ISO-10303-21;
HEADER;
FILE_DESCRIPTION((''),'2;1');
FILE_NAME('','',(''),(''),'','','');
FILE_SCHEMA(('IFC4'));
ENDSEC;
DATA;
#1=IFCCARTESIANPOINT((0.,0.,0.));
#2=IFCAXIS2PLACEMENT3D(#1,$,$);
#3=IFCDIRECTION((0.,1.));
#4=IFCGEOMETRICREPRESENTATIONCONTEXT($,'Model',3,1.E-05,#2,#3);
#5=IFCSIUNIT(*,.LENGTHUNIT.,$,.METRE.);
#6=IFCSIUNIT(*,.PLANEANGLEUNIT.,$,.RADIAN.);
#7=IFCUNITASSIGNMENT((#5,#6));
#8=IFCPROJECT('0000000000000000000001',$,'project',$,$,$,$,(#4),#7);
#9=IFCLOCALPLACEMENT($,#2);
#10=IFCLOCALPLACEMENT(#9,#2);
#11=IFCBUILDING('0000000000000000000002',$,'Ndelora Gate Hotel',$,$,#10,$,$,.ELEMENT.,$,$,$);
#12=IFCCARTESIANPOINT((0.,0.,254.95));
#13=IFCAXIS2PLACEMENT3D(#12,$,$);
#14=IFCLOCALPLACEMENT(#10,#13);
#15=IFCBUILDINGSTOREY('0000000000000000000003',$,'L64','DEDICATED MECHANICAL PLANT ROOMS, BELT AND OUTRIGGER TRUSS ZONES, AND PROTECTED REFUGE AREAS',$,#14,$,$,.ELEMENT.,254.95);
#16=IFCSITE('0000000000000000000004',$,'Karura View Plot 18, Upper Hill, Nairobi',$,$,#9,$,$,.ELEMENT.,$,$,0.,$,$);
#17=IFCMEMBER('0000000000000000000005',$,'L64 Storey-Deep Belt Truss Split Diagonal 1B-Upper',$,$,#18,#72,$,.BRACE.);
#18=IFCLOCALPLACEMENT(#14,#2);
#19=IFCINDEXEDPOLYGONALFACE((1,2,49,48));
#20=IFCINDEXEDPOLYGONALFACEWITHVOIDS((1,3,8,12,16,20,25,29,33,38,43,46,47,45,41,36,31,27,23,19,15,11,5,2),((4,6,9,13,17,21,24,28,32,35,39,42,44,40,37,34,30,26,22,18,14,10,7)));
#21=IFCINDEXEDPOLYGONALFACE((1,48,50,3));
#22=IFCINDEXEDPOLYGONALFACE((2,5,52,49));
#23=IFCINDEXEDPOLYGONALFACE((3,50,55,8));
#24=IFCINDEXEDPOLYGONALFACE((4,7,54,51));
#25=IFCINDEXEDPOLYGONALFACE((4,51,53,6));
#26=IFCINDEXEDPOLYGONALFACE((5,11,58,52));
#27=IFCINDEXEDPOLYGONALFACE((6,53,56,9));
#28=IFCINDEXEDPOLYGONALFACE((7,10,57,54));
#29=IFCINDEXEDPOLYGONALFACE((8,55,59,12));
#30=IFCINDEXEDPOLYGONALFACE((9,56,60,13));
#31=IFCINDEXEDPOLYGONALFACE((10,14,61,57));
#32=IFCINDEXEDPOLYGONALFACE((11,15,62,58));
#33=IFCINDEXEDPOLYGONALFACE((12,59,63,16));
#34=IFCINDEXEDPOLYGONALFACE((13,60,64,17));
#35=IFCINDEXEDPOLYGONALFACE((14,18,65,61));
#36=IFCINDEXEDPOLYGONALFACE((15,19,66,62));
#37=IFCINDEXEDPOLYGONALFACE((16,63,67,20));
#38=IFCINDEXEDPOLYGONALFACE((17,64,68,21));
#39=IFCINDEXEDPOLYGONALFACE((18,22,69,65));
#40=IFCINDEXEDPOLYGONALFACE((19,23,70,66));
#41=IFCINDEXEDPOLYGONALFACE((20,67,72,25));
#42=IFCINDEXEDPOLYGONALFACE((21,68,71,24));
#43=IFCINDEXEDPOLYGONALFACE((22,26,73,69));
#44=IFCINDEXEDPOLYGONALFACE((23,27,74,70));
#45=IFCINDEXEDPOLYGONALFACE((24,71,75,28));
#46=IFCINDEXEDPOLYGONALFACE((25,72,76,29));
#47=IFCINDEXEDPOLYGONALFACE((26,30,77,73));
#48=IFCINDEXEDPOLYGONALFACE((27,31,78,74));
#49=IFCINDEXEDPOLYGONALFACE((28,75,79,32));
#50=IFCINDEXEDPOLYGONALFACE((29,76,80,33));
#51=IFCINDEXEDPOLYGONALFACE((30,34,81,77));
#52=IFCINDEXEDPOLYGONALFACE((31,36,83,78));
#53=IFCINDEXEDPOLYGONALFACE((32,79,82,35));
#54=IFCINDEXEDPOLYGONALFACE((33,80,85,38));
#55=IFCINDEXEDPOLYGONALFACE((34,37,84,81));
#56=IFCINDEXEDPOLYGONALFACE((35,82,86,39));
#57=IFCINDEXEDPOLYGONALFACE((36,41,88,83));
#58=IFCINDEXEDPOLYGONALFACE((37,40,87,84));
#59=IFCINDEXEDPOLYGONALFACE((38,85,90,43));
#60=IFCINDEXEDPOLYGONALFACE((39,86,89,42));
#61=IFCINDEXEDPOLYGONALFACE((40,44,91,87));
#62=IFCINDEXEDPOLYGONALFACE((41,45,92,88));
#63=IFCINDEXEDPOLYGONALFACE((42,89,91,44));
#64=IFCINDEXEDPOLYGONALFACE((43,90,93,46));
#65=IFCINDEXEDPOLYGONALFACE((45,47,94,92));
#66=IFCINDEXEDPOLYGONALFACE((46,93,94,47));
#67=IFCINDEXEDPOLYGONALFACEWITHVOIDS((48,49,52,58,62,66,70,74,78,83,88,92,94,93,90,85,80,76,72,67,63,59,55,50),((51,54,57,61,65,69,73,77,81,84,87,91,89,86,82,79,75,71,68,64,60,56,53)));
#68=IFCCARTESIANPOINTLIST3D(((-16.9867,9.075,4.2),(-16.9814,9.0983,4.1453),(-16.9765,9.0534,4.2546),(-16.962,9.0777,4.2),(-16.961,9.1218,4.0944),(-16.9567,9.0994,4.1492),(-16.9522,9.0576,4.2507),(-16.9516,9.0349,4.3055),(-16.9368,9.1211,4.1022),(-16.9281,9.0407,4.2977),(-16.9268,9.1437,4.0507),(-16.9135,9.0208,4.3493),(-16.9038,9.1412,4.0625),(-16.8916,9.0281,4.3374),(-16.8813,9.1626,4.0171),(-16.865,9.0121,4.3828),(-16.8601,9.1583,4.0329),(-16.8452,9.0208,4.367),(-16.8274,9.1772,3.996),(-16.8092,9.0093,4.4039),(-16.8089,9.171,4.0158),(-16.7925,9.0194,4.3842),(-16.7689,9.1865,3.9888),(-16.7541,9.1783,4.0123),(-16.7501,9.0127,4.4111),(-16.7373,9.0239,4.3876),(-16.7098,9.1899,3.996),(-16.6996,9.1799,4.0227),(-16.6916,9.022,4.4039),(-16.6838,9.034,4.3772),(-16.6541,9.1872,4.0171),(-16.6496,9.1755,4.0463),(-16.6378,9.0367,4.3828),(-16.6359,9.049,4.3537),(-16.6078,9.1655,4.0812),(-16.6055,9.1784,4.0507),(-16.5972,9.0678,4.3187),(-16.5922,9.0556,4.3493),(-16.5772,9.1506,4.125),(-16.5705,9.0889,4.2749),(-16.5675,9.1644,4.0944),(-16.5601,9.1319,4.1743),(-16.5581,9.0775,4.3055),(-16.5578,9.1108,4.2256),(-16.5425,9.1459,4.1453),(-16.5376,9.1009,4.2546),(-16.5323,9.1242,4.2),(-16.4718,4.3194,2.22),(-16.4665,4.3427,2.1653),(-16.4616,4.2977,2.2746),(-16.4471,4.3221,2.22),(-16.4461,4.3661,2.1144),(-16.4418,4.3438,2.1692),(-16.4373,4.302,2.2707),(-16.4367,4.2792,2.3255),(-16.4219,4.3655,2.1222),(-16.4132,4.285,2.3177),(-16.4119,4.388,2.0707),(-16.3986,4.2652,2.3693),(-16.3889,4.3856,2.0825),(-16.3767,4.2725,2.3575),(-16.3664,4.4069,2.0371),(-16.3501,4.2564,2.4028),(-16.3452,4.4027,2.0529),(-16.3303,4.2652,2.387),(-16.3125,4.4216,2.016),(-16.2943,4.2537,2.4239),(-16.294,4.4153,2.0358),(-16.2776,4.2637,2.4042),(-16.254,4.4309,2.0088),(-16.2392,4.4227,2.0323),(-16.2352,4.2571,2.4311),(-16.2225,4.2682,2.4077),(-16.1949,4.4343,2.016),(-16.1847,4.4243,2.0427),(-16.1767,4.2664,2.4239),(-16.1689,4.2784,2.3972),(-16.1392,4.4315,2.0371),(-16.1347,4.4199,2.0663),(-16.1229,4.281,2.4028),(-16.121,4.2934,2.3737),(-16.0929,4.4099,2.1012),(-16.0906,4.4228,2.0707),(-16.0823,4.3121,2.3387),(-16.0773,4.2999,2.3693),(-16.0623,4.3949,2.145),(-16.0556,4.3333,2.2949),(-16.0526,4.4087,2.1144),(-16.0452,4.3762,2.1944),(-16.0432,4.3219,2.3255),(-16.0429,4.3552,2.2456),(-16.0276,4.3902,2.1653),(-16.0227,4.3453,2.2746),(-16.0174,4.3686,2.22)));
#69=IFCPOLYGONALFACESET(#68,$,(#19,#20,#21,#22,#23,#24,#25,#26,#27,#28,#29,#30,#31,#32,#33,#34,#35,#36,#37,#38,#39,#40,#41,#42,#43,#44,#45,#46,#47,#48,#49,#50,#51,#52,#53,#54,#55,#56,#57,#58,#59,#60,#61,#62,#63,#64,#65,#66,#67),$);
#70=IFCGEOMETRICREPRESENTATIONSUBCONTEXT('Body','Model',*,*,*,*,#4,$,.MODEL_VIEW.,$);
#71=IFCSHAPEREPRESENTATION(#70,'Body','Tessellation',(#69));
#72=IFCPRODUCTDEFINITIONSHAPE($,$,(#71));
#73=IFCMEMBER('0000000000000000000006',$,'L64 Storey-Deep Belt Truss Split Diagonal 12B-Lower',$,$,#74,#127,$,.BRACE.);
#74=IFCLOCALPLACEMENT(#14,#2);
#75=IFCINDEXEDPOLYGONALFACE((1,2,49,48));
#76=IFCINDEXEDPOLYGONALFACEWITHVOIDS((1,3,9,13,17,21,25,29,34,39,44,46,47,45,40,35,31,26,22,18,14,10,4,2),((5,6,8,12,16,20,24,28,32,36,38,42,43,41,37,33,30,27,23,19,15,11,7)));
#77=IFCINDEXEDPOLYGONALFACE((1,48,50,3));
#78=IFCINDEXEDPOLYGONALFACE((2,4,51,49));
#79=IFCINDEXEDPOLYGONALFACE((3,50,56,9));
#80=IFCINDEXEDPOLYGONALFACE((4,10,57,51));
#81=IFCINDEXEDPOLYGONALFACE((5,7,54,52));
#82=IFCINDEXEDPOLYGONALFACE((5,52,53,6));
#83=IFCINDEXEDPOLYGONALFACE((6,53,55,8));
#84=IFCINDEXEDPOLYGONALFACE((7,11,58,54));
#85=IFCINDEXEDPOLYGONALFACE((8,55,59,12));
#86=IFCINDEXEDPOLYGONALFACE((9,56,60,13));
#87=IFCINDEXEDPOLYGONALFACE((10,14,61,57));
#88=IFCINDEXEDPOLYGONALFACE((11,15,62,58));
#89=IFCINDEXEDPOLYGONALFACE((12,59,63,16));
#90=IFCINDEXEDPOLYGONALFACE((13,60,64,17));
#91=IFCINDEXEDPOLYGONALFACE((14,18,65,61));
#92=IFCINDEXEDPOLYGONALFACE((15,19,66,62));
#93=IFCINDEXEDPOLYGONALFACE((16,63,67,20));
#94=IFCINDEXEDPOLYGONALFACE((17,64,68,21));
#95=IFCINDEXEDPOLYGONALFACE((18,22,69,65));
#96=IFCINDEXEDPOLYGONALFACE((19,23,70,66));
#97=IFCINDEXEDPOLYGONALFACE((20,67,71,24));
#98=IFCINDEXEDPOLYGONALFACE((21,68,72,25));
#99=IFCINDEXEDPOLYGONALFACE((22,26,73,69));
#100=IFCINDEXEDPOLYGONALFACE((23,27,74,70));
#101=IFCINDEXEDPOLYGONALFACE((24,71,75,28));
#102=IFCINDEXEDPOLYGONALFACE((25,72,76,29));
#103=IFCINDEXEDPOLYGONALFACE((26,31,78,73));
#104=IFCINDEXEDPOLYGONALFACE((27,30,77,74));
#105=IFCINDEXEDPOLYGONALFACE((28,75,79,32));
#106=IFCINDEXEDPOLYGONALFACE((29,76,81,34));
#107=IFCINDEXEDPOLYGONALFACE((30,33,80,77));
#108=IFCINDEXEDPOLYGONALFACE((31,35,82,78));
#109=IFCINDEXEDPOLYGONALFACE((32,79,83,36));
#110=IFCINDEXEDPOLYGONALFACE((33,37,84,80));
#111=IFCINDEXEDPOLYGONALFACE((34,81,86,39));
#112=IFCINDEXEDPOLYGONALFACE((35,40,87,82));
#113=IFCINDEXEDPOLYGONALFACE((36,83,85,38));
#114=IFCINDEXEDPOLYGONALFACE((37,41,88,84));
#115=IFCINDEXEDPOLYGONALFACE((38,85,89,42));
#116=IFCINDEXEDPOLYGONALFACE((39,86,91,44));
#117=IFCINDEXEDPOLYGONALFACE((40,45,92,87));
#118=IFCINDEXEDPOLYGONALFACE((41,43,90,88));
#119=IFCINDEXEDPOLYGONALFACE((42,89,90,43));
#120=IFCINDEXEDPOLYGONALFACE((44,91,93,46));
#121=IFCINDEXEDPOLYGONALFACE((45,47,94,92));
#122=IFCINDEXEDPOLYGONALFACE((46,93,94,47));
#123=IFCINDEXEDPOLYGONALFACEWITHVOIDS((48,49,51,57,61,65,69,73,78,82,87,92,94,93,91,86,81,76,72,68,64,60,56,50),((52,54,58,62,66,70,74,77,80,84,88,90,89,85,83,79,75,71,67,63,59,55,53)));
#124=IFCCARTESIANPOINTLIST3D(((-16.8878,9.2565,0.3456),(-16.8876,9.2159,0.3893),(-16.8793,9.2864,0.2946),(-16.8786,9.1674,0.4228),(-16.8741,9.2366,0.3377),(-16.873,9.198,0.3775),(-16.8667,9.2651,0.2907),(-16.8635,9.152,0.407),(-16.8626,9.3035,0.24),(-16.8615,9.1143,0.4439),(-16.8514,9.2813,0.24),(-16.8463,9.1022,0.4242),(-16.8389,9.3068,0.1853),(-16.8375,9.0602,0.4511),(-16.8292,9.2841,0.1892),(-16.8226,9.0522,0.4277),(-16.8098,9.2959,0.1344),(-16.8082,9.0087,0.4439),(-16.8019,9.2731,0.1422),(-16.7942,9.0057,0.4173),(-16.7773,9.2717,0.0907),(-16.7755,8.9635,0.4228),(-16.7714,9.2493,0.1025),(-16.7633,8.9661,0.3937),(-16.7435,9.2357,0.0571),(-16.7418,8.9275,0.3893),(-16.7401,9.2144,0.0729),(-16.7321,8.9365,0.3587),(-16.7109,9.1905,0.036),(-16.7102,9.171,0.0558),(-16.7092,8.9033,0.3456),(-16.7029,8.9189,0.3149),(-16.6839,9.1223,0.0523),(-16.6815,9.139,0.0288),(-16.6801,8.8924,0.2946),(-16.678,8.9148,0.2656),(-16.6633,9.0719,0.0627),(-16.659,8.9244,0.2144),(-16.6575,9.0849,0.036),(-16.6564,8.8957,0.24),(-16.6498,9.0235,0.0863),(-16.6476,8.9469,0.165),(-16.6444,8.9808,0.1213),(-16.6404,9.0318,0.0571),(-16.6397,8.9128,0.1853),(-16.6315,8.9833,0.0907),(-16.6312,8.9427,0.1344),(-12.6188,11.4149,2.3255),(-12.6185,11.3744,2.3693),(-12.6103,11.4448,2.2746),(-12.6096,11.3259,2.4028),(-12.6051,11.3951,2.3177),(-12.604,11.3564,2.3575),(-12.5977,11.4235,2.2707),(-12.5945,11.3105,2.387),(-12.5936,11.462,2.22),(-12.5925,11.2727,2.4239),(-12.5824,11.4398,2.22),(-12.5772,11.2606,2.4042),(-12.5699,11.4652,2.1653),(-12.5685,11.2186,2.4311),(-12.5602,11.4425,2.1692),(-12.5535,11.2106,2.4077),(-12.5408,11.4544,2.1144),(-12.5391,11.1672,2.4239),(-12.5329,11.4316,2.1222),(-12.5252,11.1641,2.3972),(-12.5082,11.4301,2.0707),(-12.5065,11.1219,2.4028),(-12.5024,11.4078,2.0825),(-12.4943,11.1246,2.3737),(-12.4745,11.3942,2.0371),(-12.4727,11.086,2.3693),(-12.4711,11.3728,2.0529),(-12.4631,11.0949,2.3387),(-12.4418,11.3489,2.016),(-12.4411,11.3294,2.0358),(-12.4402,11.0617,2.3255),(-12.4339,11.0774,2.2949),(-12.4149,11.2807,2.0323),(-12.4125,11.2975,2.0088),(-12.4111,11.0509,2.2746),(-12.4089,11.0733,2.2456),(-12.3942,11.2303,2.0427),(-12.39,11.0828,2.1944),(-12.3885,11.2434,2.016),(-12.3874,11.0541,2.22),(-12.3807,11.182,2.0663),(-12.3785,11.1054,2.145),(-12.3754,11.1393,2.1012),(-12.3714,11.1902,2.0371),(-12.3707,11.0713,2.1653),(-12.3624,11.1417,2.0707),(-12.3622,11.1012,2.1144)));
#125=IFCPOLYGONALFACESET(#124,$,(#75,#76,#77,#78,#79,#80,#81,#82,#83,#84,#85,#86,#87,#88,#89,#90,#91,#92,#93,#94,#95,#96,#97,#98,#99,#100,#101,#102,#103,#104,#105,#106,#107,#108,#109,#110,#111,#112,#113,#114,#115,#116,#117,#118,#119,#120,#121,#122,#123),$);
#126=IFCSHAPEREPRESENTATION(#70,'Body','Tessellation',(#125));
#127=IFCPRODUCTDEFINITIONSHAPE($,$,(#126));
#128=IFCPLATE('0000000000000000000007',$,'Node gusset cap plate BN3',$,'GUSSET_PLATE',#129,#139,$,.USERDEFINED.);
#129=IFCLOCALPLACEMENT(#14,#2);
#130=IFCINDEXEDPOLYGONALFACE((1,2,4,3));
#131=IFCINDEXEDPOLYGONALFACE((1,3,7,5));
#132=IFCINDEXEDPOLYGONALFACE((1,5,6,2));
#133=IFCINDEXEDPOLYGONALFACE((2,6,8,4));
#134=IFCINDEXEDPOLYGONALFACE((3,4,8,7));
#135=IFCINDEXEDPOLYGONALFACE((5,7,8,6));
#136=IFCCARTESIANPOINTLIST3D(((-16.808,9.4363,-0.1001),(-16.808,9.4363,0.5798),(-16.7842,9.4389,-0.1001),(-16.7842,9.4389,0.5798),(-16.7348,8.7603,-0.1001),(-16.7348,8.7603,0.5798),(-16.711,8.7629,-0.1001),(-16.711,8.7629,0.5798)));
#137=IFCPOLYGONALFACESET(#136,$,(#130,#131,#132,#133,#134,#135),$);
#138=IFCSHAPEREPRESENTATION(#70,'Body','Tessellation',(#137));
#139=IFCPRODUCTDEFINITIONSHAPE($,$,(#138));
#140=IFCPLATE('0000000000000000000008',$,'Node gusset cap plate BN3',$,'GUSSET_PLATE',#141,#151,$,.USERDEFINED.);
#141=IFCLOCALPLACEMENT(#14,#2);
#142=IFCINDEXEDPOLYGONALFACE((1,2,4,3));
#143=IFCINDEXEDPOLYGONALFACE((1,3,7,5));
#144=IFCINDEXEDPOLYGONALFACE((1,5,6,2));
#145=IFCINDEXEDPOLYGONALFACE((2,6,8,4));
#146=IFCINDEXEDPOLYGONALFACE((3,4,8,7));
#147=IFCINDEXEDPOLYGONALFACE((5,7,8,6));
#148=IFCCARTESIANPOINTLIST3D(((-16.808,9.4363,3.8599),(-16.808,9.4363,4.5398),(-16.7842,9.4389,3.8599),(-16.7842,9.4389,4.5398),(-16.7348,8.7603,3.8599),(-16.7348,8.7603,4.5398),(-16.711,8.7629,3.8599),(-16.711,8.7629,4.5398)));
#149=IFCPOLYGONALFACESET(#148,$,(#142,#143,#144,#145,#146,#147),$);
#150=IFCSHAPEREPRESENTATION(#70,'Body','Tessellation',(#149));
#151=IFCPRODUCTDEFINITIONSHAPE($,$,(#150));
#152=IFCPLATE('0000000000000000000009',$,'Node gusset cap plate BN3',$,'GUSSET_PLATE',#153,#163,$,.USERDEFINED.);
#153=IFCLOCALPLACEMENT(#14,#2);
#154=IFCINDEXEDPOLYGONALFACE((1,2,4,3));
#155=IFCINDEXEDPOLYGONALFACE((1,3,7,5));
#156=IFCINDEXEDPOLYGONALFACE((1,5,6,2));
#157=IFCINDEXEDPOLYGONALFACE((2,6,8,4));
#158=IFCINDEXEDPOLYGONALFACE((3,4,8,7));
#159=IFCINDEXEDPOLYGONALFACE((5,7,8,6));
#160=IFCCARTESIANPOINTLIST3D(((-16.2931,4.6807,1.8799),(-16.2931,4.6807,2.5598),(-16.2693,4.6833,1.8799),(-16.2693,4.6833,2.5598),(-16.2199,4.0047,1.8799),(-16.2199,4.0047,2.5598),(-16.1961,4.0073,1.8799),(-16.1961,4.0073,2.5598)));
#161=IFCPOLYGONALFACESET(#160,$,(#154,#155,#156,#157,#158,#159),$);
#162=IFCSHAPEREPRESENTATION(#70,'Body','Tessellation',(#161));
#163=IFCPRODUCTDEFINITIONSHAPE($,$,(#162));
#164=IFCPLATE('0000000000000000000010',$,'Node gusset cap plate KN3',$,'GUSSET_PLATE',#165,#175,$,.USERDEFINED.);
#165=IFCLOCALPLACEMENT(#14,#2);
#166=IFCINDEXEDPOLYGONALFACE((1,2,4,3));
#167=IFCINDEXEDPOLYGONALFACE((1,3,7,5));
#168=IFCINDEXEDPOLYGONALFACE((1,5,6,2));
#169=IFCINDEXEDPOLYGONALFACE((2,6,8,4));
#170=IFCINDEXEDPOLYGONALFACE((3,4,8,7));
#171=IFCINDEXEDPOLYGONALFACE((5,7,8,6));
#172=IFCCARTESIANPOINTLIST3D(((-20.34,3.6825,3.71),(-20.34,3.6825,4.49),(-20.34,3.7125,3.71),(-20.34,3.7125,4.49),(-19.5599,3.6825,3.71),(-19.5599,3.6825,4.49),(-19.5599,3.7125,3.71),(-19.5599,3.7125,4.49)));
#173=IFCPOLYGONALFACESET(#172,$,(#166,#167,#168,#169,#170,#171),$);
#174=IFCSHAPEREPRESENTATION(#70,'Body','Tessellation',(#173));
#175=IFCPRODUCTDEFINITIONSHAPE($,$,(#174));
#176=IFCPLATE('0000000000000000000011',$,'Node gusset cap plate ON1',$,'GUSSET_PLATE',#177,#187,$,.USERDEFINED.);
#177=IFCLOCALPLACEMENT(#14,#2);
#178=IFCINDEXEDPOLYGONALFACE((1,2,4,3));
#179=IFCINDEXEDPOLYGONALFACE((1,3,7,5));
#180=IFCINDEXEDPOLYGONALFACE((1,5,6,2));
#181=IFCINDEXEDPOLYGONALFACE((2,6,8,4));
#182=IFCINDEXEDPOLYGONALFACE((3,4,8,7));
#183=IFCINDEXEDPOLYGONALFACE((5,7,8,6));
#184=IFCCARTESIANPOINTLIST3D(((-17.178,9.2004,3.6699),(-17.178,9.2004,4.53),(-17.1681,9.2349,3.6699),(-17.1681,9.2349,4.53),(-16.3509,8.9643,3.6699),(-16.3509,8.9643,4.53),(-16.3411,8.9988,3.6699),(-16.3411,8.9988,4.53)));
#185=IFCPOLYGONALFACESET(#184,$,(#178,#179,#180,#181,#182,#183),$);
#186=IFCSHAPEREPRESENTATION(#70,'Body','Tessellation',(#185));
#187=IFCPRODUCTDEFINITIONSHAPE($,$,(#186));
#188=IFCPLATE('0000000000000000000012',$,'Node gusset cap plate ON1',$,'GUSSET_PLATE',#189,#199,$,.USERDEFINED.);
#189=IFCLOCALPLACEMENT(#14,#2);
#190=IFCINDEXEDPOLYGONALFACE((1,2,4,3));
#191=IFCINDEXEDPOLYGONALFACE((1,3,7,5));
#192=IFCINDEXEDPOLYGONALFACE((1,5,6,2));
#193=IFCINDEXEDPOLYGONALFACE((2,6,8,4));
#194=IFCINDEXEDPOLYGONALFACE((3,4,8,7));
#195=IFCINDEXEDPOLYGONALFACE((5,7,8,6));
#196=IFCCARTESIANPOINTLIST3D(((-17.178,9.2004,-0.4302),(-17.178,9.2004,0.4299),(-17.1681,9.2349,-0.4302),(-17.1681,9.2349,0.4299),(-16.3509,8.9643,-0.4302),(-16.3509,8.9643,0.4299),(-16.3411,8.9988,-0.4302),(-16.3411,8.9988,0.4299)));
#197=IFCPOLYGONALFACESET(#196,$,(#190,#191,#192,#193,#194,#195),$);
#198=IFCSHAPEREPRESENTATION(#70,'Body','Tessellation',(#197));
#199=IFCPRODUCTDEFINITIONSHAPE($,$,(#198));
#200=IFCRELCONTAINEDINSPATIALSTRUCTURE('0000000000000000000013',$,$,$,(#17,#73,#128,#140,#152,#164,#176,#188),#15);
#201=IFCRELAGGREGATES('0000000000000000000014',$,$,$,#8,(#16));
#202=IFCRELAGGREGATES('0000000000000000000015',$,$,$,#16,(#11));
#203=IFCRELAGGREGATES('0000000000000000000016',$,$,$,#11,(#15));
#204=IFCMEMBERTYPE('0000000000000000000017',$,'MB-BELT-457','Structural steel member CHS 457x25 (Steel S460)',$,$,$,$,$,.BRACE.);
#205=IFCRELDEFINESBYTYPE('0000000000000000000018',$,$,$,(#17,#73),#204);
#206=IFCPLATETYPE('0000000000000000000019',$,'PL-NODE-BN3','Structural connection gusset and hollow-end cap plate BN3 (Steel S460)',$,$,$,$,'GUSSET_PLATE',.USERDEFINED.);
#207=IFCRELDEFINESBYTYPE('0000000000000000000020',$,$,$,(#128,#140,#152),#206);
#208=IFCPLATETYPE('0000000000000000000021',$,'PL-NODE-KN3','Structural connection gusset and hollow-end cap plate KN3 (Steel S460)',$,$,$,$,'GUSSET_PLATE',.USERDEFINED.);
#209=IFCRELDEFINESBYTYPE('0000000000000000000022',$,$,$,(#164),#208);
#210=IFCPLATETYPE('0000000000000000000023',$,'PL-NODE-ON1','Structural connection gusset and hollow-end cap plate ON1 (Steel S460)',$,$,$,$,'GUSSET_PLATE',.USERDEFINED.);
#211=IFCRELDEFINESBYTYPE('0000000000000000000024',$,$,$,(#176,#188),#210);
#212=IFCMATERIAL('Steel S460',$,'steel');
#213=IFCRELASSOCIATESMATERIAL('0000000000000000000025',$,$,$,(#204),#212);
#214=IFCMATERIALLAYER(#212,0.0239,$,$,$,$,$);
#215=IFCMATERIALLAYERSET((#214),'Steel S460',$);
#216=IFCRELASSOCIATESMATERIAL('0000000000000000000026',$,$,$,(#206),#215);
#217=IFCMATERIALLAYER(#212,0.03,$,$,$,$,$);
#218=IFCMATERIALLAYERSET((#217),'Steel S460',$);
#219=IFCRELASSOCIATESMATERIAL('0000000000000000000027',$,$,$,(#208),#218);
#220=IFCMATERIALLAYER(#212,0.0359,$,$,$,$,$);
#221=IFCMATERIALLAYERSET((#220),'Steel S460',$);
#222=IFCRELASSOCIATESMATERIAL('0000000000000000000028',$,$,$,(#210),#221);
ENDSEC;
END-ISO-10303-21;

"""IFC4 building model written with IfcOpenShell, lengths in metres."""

from ifc_helpers import new_model, si_unit, direction, frame, origin, origin_2d, place, context, subcontext, project, spatial, rectangle, hollow_circle, extrude, material, layer, layer_set, material_profile, profile_set, type_object, element, save


model = new_model("IFC4")

# Units and contexts
model_context = context("Model", 3, precision=1e-05, world=origin(), true_north=direction((0.0, 1.0)))
body_context = subcontext(model_context, "Body", "Model", "MODEL_VIEW")
ifc_project = project(units=[si_unit("LENGTHUNIT", "METRE"), si_unit("PLANEANGLEUNIT", "RADIAN")], contexts=[model_context])

# Site, building, storey
site_placement = place(None, origin())
site = spatial("IfcSite", under=ifc_project, at=site_placement, Name="Karura View Plot 18, Upper Hill, Nairobi", CompositionType="ELEMENT", RefElevation=0.0)
building_placement = place(site_placement, origin())
building = spatial("IfcBuilding", under=site, at=building_placement, Name="Ndelora Gate Hotel", CompositionType="ELEMENT")
storey_placement = place(building_placement, frame((0.0, 0.0, 254.95)))
storey = spatial("IfcBuildingStorey", under=building, at=storey_placement, Name="L64", Description="DEDICATED MECHANICAL PLANT ROOMS, BELT AND OUTRIGGER TRUSS ZONES, AND PROTECTED REFUGE AREAS", CompositionType="ELEMENT", Elevation=254.95)

# Shared definitions
ifc_material_1 = material(Name="Steel S460", Category="steel")

# Members
ifc_material_profile_1 = material_profile(ifc_material_1, hollow_circle(Radius=0.2285, WallThickness=0.0249, at=origin_2d()), Name="CHS 457x25")
ifc_profile_set_1 = profile_set([ifc_material_profile_1], Name="Steel S460")
member_type = type_object("IfcMemberType", Name="MB-BELT-457", Description="Structural steel member CHS 457x25 (Steel S460)", PredefinedType="BRACE", material=ifc_profile_set_1)
member_1_placement = place(storey_placement, frame((-16.2446, 4.344, 2.22), z_axis=(-0.099458, 0.918605, 0.382457), x_axis=(-0.99419, -0.107641, 0.0)))
element("IfcMember", 1, at=member_1_placement, inside=storey, type_object=member_type, Name="L64 Storey-Deep Belt Truss Split Diagonal 1B-Upper", PredefinedType="BRACE", context=body_context, shape_type="SweptSolid", body=[
    extrude(hollow_circle(Radius=0.2285, WallThickness=0.0249, at=origin_2d()), origin(), (0.0, 0.0, 1.0), 5.177),
])
member_2_placement = place(storey_placement, frame((-16.7595, 9.0996, 0.24), z_axis=(0.824577, 0.41691, 0.382438), x_axis=(-0.45121, 0.892418, 0.0)))
element("IfcMember", 2, at=member_2_placement, inside=storey, type_object=member_type, Name="L64 Storey-Deep Belt Truss Split Diagonal 12B-Lower", PredefinedType="BRACE", context=body_context, shape_type="SweptSolid", body=[
    extrude(hollow_circle(Radius=0.2285, WallThickness=0.0249, at=origin_2d()), origin(), (0.0, 0.0, 1.0), 5.1772),
])

# Plates
ifc_layer_1 = layer(ifc_material_1, 0.0239)
ifc_layer_set_1 = layer_set([ifc_layer_1], Name="Steel S460")
plate_type_1 = type_object("IfcPlateType", Name="PL-NODE-BN3", Description="Structural connection gusset and hollow-end cap plate BN3 (Steel S460)", ElementType="GUSSET_PLATE", PredefinedType="USERDEFINED", material=ifc_layer_set_1)
for number, where, z_axis, x_axis, name in (
    (3, (-16.7595, 9.0996, -0.1001), (0.0, 0.0, 1.0), (-0.107652, 0.994189, 0.0), "Node gusset cap plate BN3"),
    (4, (-16.7595, 9.0996, 3.8599), (0.0, 0.0, 1.0), (-0.107652, 0.994189, 0.0), "Node gusset cap plate BN3"),
    (5, (-16.2446, 4.344, 1.8799), (0.0, 0.0, 1.0), (-0.107652, 0.994189, 0.0), "Node gusset cap plate BN3"),
):
    element("IfcPlate", number, at=place(storey_placement, frame(where, z_axis=z_axis, x_axis=x_axis)), inside=storey, type_object=plate_type_1, Name=name, ObjectType="GUSSET_PLATE", PredefinedType="USERDEFINED", context=body_context, shape_type="SweptSolid", body=[
        extrude(rectangle(XDim=0.6799, YDim=0.0239, at=origin_2d()), origin(), (0.0, 0.0, 1.0), 0.6799),
    ])
ifc_layer_2 = layer(ifc_material_1, 0.03)
ifc_layer_set_2 = layer_set([ifc_layer_2], Name="Steel S460")
plate_type_2 = type_object("IfcPlateType", Name="PL-NODE-KN3", Description="Structural connection gusset and hollow-end cap plate KN3 (Steel S460)", ElementType="GUSSET_PLATE", PredefinedType="USERDEFINED", material=ifc_layer_set_2)
plate_placement = place(storey_placement, frame((-19.95, 3.6975, 3.71), z_axis=(0.0, 0.0, 1.0), x_axis=(1.0, 0.0, 0.0)))
element("IfcPlate", 6, at=plate_placement, inside=storey, type_object=plate_type_2, Name="Node gusset cap plate KN3", ObjectType="GUSSET_PLATE", PredefinedType="USERDEFINED", context=body_context, shape_type="SweptSolid", body=[
    extrude(rectangle(XDim=0.78, YDim=0.03, at=origin_2d()), origin(), (0.0, 0.0, 1.0), 0.78),
])
ifc_layer_3 = layer(ifc_material_1, 0.0359)
ifc_layer_set_3 = layer_set([ifc_layer_3], Name="Steel S460")
plate_type_3 = type_object("IfcPlateType", Name="PL-NODE-ON1", Description="Structural connection gusset and hollow-end cap plate ON1 (Steel S460)", ElementType="GUSSET_PLATE", PredefinedType="USERDEFINED", material=ifc_layer_set_3)
for number, where, z_axis, x_axis, name in (
    (7, (-16.7595, 9.0996, 3.6699), (0.0, 0.0, 1.0), (-0.961598, 0.274463, 0.0), "Node gusset cap plate ON1"),
    (8, (-16.7595, 9.0996, -0.4302), (0.0, 0.0, 1.0), (-0.961598, 0.274463, 0.0), "Node gusset cap plate ON1"),
):
    element("IfcPlate", number, at=place(storey_placement, frame(where, z_axis=z_axis, x_axis=x_axis)), inside=storey, type_object=plate_type_3, Name=name, ObjectType="GUSSET_PLATE", PredefinedType="USERDEFINED", context=body_context, shape_type="SweptSolid", body=[
        extrude(rectangle(XDim=0.8601, YDim=0.0359, at=origin_2d()), origin(), (0.0, 0.0, 1.0), 0.8601),
    ])

save(model, "model.ifc")
